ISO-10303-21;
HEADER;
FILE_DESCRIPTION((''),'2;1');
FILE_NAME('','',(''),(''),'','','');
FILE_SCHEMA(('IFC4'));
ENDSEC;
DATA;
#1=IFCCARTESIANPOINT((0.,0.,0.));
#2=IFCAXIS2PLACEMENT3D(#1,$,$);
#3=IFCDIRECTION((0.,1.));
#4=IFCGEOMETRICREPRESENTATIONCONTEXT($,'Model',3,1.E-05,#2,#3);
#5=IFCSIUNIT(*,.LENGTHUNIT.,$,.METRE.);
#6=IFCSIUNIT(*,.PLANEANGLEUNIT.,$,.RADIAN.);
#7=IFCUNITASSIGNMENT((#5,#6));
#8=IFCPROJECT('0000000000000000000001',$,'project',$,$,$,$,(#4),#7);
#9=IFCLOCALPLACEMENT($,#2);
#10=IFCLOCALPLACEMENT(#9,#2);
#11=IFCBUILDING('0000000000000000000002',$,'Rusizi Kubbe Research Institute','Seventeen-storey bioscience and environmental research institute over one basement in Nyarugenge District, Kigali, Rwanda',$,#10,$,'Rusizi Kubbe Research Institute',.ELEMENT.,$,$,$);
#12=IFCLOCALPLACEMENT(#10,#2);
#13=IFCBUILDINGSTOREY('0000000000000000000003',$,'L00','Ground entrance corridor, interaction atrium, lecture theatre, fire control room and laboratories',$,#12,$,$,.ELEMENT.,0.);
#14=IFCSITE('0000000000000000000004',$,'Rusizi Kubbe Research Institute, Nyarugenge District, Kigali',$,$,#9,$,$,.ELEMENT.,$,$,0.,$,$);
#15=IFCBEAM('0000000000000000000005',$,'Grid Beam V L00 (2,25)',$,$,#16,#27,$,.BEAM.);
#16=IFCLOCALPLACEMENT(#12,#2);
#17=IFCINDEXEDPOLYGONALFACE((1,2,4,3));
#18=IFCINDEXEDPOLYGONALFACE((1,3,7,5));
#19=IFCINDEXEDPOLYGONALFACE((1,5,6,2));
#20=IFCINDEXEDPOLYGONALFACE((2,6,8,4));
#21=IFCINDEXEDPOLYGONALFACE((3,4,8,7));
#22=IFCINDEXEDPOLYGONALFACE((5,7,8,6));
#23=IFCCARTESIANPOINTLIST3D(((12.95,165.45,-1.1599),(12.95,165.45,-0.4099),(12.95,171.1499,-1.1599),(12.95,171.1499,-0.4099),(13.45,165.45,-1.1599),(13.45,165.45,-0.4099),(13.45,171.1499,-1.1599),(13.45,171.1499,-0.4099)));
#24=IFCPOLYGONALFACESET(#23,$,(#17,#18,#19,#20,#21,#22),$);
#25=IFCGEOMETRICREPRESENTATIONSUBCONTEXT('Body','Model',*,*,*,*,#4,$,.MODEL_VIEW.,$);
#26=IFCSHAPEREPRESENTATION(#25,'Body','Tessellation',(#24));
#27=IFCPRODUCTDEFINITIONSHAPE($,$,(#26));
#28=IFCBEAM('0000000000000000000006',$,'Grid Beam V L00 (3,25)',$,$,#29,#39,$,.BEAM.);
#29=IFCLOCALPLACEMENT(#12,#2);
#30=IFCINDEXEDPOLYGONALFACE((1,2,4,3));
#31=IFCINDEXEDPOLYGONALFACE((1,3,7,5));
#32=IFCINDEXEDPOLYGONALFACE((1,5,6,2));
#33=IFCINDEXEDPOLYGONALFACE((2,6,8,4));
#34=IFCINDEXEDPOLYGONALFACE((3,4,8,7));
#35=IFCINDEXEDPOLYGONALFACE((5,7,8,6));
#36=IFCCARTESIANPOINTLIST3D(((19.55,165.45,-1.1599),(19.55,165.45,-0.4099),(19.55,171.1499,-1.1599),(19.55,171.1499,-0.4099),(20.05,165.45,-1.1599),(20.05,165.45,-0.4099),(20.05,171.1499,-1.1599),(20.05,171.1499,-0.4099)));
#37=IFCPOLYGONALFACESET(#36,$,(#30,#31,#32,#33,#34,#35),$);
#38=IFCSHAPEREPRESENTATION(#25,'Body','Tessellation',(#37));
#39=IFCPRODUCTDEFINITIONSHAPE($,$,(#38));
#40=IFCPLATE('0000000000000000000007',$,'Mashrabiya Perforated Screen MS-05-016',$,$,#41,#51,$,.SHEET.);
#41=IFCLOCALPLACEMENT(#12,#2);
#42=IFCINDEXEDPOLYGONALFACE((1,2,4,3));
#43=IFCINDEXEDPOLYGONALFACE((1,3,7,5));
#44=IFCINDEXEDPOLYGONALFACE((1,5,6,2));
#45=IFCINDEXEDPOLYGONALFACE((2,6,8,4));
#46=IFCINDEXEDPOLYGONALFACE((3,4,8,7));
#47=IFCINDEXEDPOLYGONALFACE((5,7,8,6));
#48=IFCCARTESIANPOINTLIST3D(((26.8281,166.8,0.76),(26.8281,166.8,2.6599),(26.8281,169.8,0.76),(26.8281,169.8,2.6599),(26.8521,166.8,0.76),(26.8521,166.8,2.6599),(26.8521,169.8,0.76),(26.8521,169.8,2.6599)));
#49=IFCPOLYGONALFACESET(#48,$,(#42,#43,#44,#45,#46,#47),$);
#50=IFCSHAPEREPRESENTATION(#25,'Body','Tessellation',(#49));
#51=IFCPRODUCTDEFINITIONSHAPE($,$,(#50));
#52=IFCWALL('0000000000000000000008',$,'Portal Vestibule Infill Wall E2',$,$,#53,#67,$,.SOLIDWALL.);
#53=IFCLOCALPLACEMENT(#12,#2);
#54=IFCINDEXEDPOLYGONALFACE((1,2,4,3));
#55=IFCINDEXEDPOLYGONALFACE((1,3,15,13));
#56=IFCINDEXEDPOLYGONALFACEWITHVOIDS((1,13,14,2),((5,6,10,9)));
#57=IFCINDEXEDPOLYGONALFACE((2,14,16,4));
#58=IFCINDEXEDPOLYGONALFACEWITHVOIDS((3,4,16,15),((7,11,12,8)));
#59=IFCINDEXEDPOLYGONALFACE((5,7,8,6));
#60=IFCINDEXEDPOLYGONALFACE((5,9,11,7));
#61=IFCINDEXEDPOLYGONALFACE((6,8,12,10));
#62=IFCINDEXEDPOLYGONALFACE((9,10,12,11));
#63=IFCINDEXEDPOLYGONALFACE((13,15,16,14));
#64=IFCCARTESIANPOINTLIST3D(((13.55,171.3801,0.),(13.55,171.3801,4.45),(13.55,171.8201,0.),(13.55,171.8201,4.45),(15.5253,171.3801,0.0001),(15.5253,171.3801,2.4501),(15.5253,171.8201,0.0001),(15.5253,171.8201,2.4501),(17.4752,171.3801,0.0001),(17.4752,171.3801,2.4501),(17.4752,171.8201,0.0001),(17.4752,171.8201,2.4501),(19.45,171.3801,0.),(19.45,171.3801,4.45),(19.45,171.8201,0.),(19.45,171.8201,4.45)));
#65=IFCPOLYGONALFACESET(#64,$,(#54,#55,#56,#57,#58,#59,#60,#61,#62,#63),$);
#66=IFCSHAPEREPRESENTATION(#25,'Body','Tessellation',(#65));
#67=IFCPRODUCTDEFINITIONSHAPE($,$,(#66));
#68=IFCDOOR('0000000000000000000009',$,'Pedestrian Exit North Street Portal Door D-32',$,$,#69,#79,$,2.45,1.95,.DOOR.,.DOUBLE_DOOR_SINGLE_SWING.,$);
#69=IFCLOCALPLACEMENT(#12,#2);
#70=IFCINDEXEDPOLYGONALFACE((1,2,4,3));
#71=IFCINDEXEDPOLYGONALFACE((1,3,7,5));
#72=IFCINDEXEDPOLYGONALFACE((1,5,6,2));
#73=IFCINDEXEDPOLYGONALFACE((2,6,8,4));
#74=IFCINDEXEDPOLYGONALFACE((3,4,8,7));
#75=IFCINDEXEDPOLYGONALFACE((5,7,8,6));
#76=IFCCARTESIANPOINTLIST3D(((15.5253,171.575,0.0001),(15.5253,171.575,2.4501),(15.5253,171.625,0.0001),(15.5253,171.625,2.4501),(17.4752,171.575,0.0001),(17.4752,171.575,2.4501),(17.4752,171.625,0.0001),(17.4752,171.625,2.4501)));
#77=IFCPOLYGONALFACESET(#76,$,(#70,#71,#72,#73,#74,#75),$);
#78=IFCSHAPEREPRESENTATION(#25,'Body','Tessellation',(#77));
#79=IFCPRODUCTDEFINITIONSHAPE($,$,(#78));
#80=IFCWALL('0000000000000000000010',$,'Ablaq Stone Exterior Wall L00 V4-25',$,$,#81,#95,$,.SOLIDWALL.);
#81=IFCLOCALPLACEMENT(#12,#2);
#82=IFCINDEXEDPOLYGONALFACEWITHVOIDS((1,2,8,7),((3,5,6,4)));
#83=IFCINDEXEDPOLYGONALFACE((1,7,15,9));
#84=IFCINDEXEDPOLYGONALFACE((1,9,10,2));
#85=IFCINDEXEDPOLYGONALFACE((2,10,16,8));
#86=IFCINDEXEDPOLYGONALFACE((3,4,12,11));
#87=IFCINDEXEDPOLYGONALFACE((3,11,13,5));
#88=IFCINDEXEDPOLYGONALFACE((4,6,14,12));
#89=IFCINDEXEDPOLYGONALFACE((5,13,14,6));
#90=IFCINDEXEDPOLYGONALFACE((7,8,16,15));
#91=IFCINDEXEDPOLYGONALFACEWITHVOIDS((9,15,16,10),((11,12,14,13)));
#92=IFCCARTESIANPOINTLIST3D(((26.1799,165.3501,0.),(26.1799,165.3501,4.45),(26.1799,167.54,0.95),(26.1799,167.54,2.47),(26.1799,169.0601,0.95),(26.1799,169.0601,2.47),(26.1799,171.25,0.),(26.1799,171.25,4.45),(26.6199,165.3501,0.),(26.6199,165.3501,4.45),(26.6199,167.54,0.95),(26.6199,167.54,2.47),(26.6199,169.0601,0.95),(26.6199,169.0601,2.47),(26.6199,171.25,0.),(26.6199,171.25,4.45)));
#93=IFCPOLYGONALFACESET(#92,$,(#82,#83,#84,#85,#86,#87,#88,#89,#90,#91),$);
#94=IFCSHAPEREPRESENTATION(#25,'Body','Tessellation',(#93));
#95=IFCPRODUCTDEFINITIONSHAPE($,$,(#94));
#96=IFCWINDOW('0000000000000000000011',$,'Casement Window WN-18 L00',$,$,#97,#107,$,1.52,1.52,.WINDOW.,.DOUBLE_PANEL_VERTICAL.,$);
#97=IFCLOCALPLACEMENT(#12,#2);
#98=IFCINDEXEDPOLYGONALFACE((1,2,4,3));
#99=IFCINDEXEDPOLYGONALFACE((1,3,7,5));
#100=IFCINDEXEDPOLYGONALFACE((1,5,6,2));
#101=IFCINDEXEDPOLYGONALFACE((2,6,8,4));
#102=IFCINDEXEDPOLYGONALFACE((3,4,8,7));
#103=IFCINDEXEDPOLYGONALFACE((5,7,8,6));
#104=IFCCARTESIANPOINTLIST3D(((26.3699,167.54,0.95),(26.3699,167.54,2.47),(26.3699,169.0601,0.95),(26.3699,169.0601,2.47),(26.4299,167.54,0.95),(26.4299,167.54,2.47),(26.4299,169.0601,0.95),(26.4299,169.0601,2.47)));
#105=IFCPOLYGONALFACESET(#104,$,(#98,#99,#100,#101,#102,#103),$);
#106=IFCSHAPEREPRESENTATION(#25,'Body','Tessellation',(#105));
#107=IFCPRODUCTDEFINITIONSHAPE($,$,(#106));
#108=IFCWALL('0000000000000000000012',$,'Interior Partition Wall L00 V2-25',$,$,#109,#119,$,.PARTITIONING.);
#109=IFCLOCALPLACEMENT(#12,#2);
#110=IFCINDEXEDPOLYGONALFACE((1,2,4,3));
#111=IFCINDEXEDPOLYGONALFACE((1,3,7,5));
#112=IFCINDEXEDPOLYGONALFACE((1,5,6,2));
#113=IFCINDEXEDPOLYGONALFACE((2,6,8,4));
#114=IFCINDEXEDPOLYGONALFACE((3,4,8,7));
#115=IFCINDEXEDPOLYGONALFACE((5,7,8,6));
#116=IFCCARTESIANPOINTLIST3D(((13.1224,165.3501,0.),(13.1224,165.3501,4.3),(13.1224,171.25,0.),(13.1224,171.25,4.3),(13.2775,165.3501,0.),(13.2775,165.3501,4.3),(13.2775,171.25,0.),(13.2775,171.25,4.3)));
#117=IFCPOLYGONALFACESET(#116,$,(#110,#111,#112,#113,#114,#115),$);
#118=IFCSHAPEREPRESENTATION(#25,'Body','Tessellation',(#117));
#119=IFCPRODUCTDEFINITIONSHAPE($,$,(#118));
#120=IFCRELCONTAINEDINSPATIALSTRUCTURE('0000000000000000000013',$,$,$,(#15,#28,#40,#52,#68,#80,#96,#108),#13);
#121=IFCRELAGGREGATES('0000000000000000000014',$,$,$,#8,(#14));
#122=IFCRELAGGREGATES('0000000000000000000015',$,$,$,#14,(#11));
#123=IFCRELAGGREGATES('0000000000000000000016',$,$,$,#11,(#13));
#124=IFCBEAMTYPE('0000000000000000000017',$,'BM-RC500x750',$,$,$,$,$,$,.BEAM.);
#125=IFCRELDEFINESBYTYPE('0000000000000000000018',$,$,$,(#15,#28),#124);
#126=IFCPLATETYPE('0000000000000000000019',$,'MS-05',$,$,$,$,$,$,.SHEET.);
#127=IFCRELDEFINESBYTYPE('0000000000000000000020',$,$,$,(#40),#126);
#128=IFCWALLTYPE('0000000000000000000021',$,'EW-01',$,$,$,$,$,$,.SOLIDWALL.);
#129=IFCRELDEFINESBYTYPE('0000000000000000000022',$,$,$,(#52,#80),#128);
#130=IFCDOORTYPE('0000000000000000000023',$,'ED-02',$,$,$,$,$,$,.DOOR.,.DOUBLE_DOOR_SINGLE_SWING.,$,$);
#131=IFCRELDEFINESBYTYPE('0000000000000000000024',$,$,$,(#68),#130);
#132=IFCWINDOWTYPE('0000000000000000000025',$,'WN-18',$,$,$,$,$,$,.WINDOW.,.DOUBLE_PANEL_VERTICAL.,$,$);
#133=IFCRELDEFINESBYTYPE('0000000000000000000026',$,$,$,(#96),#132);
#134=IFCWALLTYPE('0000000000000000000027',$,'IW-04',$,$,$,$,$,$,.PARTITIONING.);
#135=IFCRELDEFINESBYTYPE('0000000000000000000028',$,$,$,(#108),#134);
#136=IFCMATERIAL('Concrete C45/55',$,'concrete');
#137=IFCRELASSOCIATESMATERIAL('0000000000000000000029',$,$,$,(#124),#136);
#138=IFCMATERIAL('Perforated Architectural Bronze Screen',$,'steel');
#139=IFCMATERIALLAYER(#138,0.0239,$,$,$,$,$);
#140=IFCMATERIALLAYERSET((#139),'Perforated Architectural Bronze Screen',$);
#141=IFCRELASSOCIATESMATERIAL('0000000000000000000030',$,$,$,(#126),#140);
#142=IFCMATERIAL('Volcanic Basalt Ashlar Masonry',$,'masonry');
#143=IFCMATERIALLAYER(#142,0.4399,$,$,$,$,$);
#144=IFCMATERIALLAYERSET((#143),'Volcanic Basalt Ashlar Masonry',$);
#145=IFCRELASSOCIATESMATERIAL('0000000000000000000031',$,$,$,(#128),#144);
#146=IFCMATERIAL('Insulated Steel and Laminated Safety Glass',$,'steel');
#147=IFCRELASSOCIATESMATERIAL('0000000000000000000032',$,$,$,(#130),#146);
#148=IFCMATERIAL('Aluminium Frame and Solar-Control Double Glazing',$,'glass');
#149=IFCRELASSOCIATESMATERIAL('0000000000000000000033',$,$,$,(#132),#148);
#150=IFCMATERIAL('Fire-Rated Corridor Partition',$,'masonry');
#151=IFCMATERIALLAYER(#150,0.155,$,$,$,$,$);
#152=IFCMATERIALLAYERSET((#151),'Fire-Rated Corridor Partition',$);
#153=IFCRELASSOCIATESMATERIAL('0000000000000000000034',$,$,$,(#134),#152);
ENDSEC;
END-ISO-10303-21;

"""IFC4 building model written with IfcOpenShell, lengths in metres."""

from ifc_helpers import new_model, si_unit, direction, frame, frame_2d, origin, origin_2d, place, context, subcontext, project, spatial, rectangle, extrude, material, layer, layer_set, material_profile, profile_set, type_object, element, fill, save


model = new_model("IFC4")

# Units and contexts
model_context = context("Model", 3, precision=1e-05, world=origin(), true_north=direction((0.0, 1.0)))
body_context = subcontext(model_context, "Body", "Model", "MODEL_VIEW")
ifc_project = project(units=[si_unit("LENGTHUNIT", "METRE"), si_unit("PLANEANGLEUNIT", "RADIAN")], contexts=[model_context])

# Site, building, storey
site_placement = place(None, origin())
site = spatial("IfcSite", under=ifc_project, at=site_placement, Name="Rusizi Kubbe Research Institute, Nyarugenge District, Kigali", CompositionType="ELEMENT", RefElevation=0.0)
building_placement = place(site_placement, origin())
building = spatial("IfcBuilding", under=site, at=building_placement, Name="Rusizi Kubbe Research Institute", Description="Seventeen-storey bioscience and environmental research institute over one basement in Nyarugenge District, Kigali, Rwanda", LongName="Rusizi Kubbe Research Institute", CompositionType="ELEMENT")
storey_placement = place(building_placement, origin())
storey = spatial("IfcBuildingStorey", under=building, at=storey_placement, Name="L00", Description="Ground entrance corridor, interaction atrium, lecture theatre, fire control room and laboratories", CompositionType="ELEMENT", Elevation=0.0)

# Beams
ifc_material_1 = material(Name="Concrete C45/55", Category="concrete")
ifc_material_profile_1 = material_profile(ifc_material_1, rectangle(XDim=0.5, YDim=0.75, at=origin_2d()), Name="RC500x750B")
ifc_profile_set_1 = profile_set([ifc_material_profile_1], Name="Concrete C45/55")
beam_type_1 = type_object("IfcBeamType", Name="BM-RC500x750", PredefinedType="BEAM", material=ifc_profile_set_1)
for number, where, z_axis, x_axis, name in (
    (1, (13.2, 165.45, -0.7849), (0.0, 1.0, 0.0), (-1.0, 0.0, 0.0), "Grid Beam V L00 (2,25)"),
    (2, (19.8, 165.45, -0.7849), (0.0, 1.0, 0.0), (-1.0, 0.0, 0.0), "Grid Beam V L00 (3,25)"),
):
    element("IfcBeam", number, at=place(storey_placement, frame(where, z_axis=z_axis, x_axis=x_axis)), inside=storey, type_object=beam_type_1, Name=name, PredefinedType="BEAM", context=body_context, shape_type="SweptSolid", body=[
        extrude(rectangle(XDim=0.5, YDim=0.75, at=origin_2d()), origin(), (0.0, 0.0, 1.0), 5.7),
    ])

# Plate
ifc_material_2 = material(Name="Perforated Architectural Bronze Screen", Category="steel")
ifc_layer_1 = layer(ifc_material_2, 0.0239)
ifc_layer_set_1 = layer_set([ifc_layer_1], Name="Perforated Architectural Bronze Screen")
plate_type = type_object("IfcPlateType", Name="MS-05", PredefinedType="SHEET", material=ifc_layer_set_1)
plate_placement = place(storey_placement, frame((26.8401, 168.3, 0.76), z_axis=(0.0, 0.0, 1.0), x_axis=(0.0, 1.0, 0.0)))
element("IfcPlate", 3, at=plate_placement, inside=storey, type_object=plate_type, Name="Mashrabiya Perforated Screen MS-05-016", PredefinedType="SHEET", context=body_context, shape_type="SweptSolid", body=[
    extrude(rectangle(XDim=3.0, YDim=0.0239, at=origin_2d()), origin(), (0.0, 0.0, 1.0), 1.8999),
])

# Wall, opening, door
ifc_material_3 = material(Name="Volcanic Basalt Ashlar Masonry", Category="masonry")
ifc_layer_2 = layer(ifc_material_3, 0.4399)
ifc_layer_set_2 = layer_set([ifc_layer_2], Name="Volcanic Basalt Ashlar Masonry")
wall_type_1 = type_object("IfcWallType", Name="EW-01", PredefinedType="SOLIDWALL", material=ifc_layer_set_2)
wall_1_placement = place(storey_placement, frame((13.55, 171.6001, 0.0), z_axis=(0.0, 0.0, 1.0), x_axis=(1.0, 0.0, 0.0)))
wall_1 = element("IfcWall", 4, at=wall_1_placement, inside=storey, type_object=wall_type_1, Name="Portal Vestibule Infill Wall E2", PredefinedType="SOLIDWALL", context=body_context, shape_type="SweptSolid", body=[
    extrude(rectangle(XDim=5.8999, YDim=0.4399, at=frame_2d((2.95, 0.0))), origin(), (0.0, 0.0, 1.0), 4.45),
])
opening_1_placement = place(wall_1_placement, frame((1.9751, 0.0, 0.0)))
opening_1 = element("IfcOpeningElement", 5, at=opening_1_placement, cuts=wall_1, PredefinedType="OPENING", context=body_context, shape_type="SweptSolid", body=[
    extrude(rectangle(XDim=1.95, YDim=2.45, at=frame_2d((0.9751, 1.2251))), frame((0.0, 0.23, 0.0), z_axis=(0.0, -1.0, 0.0), x_axis=(1.0, 0.0, 0.0)), (0.0, 0.0, 1.0), 0.46),
])
ifc_material_4 = material(Name="Insulated Steel and Laminated Safety Glass", Category="steel")
door_type_1 = type_object("IfcDoorType", Name="ED-02", OperationType="DOUBLE_DOOR_SINGLE_SWING", PredefinedType="DOOR", material=ifc_material_4)
door_1_placement = place(opening_1_placement, origin())
door_1 = element("IfcDoor", 6, at=door_1_placement, inside=storey, type_object=door_type_1, Name="Pedestrian Exit North Street Portal Door D-32", OperationType="DOUBLE_DOOR_SINGLE_SWING", OverallHeight=2.45, OverallWidth=1.95, PredefinedType="DOOR", context=body_context, shape_type="SweptSolid", body=[
    extrude(rectangle(XDim=1.95, YDim=2.45, at=frame_2d((0.9751, 1.2251))), frame((0.0, 0.0249, 0.0), z_axis=(0.0, -1.0, 0.0), x_axis=(1.0, 0.0, 0.0)), (0.0, 0.0, 1.0), 0.05),
])
fill(opening_1, door_1)

# Wall, opening, window
wall_2_placement = place(storey_placement, frame((26.3999, 165.3501, 0.0), z_axis=(0.0, 0.0, 1.0), x_axis=(0.0, 1.0, 0.0)))
wall_2 = element("IfcWall", 7, at=wall_2_placement, inside=storey, type_object=wall_type_1, Name="Ablaq Stone Exterior Wall L00 V4-25", PredefinedType="SOLIDWALL", context=body_context, shape_type="SweptSolid", body=[
    extrude(rectangle(XDim=5.8999, YDim=0.4399, at=frame_2d((2.95, 0.0))), origin(), (0.0, 0.0, 1.0), 4.45),
])
opening_2_placement = place(wall_2_placement, frame((2.1899, 0.0, 0.95)))
opening_2 = element("IfcOpeningElement", 8, at=opening_2_placement, cuts=wall_2, PredefinedType="OPENING", context=body_context, shape_type="SweptSolid", body=[
    extrude(rectangle(XDim=1.52, YDim=1.52, at=frame_2d((0.76, 0.76))), frame((0.0, 0.23, 0.0), z_axis=(0.0, -1.0, 0.0), x_axis=(1.0, 0.0, 0.0)), (0.0, 0.0, 1.0), 0.46),
])
ifc_material_5 = material(Name="Aluminium Frame and Solar-Control Double Glazing", Category="glass")
window_type = type_object("IfcWindowType", Name="WN-18", PartitioningType="DOUBLE_PANEL_VERTICAL", PredefinedType="WINDOW", material=ifc_material_5)
window_placement = place(opening_2_placement, origin())
window = element("IfcWindow", 9, at=window_placement, inside=storey, type_object=window_type, Name="Casement Window WN-18 L00", OverallHeight=1.52, OverallWidth=1.52, PartitioningType="DOUBLE_PANEL_VERTICAL", PredefinedType="WINDOW", context=body_context, shape_type="SweptSolid", body=[
    extrude(rectangle(XDim=1.52, YDim=1.52, at=frame_2d((0.76, 0.76))), frame((0.0, 0.03, 0.0), z_axis=(0.0, -1.0, 0.0), x_axis=(1.0, 0.0, 0.0)), (0.0, 0.0, 1.0), 0.0601),
])
fill(opening_2, window)

# Wall
ifc_material_6 = material(Name="Fire-Rated Corridor Partition", Category="masonry")
ifc_layer_3 = layer(ifc_material_6, 0.155)
ifc_layer_set_3 = layer_set([ifc_layer_3], Name="Fire-Rated Corridor Partition")
wall_type_2 = type_object("IfcWallType", Name="IW-04", PredefinedType="PARTITIONING", material=ifc_layer_set_3)
wall_3_placement = place(storey_placement, frame((13.2, 165.3501, 0.0), z_axis=(0.0, 0.0, 1.0), x_axis=(0.0, 1.0, 0.0)))
element("IfcWall", 10, at=wall_3_placement, inside=storey, type_object=wall_type_2, Name="Interior Partition Wall L00 V2-25", PredefinedType="PARTITIONING", context=body_context, shape_type="SweptSolid", body=[
    extrude(rectangle(XDim=5.8999, YDim=0.155, at=frame_2d((2.95, 0.0))), origin(), (0.0, 0.0, 1.0), 4.3),
])

save(model, "model.ifc")
